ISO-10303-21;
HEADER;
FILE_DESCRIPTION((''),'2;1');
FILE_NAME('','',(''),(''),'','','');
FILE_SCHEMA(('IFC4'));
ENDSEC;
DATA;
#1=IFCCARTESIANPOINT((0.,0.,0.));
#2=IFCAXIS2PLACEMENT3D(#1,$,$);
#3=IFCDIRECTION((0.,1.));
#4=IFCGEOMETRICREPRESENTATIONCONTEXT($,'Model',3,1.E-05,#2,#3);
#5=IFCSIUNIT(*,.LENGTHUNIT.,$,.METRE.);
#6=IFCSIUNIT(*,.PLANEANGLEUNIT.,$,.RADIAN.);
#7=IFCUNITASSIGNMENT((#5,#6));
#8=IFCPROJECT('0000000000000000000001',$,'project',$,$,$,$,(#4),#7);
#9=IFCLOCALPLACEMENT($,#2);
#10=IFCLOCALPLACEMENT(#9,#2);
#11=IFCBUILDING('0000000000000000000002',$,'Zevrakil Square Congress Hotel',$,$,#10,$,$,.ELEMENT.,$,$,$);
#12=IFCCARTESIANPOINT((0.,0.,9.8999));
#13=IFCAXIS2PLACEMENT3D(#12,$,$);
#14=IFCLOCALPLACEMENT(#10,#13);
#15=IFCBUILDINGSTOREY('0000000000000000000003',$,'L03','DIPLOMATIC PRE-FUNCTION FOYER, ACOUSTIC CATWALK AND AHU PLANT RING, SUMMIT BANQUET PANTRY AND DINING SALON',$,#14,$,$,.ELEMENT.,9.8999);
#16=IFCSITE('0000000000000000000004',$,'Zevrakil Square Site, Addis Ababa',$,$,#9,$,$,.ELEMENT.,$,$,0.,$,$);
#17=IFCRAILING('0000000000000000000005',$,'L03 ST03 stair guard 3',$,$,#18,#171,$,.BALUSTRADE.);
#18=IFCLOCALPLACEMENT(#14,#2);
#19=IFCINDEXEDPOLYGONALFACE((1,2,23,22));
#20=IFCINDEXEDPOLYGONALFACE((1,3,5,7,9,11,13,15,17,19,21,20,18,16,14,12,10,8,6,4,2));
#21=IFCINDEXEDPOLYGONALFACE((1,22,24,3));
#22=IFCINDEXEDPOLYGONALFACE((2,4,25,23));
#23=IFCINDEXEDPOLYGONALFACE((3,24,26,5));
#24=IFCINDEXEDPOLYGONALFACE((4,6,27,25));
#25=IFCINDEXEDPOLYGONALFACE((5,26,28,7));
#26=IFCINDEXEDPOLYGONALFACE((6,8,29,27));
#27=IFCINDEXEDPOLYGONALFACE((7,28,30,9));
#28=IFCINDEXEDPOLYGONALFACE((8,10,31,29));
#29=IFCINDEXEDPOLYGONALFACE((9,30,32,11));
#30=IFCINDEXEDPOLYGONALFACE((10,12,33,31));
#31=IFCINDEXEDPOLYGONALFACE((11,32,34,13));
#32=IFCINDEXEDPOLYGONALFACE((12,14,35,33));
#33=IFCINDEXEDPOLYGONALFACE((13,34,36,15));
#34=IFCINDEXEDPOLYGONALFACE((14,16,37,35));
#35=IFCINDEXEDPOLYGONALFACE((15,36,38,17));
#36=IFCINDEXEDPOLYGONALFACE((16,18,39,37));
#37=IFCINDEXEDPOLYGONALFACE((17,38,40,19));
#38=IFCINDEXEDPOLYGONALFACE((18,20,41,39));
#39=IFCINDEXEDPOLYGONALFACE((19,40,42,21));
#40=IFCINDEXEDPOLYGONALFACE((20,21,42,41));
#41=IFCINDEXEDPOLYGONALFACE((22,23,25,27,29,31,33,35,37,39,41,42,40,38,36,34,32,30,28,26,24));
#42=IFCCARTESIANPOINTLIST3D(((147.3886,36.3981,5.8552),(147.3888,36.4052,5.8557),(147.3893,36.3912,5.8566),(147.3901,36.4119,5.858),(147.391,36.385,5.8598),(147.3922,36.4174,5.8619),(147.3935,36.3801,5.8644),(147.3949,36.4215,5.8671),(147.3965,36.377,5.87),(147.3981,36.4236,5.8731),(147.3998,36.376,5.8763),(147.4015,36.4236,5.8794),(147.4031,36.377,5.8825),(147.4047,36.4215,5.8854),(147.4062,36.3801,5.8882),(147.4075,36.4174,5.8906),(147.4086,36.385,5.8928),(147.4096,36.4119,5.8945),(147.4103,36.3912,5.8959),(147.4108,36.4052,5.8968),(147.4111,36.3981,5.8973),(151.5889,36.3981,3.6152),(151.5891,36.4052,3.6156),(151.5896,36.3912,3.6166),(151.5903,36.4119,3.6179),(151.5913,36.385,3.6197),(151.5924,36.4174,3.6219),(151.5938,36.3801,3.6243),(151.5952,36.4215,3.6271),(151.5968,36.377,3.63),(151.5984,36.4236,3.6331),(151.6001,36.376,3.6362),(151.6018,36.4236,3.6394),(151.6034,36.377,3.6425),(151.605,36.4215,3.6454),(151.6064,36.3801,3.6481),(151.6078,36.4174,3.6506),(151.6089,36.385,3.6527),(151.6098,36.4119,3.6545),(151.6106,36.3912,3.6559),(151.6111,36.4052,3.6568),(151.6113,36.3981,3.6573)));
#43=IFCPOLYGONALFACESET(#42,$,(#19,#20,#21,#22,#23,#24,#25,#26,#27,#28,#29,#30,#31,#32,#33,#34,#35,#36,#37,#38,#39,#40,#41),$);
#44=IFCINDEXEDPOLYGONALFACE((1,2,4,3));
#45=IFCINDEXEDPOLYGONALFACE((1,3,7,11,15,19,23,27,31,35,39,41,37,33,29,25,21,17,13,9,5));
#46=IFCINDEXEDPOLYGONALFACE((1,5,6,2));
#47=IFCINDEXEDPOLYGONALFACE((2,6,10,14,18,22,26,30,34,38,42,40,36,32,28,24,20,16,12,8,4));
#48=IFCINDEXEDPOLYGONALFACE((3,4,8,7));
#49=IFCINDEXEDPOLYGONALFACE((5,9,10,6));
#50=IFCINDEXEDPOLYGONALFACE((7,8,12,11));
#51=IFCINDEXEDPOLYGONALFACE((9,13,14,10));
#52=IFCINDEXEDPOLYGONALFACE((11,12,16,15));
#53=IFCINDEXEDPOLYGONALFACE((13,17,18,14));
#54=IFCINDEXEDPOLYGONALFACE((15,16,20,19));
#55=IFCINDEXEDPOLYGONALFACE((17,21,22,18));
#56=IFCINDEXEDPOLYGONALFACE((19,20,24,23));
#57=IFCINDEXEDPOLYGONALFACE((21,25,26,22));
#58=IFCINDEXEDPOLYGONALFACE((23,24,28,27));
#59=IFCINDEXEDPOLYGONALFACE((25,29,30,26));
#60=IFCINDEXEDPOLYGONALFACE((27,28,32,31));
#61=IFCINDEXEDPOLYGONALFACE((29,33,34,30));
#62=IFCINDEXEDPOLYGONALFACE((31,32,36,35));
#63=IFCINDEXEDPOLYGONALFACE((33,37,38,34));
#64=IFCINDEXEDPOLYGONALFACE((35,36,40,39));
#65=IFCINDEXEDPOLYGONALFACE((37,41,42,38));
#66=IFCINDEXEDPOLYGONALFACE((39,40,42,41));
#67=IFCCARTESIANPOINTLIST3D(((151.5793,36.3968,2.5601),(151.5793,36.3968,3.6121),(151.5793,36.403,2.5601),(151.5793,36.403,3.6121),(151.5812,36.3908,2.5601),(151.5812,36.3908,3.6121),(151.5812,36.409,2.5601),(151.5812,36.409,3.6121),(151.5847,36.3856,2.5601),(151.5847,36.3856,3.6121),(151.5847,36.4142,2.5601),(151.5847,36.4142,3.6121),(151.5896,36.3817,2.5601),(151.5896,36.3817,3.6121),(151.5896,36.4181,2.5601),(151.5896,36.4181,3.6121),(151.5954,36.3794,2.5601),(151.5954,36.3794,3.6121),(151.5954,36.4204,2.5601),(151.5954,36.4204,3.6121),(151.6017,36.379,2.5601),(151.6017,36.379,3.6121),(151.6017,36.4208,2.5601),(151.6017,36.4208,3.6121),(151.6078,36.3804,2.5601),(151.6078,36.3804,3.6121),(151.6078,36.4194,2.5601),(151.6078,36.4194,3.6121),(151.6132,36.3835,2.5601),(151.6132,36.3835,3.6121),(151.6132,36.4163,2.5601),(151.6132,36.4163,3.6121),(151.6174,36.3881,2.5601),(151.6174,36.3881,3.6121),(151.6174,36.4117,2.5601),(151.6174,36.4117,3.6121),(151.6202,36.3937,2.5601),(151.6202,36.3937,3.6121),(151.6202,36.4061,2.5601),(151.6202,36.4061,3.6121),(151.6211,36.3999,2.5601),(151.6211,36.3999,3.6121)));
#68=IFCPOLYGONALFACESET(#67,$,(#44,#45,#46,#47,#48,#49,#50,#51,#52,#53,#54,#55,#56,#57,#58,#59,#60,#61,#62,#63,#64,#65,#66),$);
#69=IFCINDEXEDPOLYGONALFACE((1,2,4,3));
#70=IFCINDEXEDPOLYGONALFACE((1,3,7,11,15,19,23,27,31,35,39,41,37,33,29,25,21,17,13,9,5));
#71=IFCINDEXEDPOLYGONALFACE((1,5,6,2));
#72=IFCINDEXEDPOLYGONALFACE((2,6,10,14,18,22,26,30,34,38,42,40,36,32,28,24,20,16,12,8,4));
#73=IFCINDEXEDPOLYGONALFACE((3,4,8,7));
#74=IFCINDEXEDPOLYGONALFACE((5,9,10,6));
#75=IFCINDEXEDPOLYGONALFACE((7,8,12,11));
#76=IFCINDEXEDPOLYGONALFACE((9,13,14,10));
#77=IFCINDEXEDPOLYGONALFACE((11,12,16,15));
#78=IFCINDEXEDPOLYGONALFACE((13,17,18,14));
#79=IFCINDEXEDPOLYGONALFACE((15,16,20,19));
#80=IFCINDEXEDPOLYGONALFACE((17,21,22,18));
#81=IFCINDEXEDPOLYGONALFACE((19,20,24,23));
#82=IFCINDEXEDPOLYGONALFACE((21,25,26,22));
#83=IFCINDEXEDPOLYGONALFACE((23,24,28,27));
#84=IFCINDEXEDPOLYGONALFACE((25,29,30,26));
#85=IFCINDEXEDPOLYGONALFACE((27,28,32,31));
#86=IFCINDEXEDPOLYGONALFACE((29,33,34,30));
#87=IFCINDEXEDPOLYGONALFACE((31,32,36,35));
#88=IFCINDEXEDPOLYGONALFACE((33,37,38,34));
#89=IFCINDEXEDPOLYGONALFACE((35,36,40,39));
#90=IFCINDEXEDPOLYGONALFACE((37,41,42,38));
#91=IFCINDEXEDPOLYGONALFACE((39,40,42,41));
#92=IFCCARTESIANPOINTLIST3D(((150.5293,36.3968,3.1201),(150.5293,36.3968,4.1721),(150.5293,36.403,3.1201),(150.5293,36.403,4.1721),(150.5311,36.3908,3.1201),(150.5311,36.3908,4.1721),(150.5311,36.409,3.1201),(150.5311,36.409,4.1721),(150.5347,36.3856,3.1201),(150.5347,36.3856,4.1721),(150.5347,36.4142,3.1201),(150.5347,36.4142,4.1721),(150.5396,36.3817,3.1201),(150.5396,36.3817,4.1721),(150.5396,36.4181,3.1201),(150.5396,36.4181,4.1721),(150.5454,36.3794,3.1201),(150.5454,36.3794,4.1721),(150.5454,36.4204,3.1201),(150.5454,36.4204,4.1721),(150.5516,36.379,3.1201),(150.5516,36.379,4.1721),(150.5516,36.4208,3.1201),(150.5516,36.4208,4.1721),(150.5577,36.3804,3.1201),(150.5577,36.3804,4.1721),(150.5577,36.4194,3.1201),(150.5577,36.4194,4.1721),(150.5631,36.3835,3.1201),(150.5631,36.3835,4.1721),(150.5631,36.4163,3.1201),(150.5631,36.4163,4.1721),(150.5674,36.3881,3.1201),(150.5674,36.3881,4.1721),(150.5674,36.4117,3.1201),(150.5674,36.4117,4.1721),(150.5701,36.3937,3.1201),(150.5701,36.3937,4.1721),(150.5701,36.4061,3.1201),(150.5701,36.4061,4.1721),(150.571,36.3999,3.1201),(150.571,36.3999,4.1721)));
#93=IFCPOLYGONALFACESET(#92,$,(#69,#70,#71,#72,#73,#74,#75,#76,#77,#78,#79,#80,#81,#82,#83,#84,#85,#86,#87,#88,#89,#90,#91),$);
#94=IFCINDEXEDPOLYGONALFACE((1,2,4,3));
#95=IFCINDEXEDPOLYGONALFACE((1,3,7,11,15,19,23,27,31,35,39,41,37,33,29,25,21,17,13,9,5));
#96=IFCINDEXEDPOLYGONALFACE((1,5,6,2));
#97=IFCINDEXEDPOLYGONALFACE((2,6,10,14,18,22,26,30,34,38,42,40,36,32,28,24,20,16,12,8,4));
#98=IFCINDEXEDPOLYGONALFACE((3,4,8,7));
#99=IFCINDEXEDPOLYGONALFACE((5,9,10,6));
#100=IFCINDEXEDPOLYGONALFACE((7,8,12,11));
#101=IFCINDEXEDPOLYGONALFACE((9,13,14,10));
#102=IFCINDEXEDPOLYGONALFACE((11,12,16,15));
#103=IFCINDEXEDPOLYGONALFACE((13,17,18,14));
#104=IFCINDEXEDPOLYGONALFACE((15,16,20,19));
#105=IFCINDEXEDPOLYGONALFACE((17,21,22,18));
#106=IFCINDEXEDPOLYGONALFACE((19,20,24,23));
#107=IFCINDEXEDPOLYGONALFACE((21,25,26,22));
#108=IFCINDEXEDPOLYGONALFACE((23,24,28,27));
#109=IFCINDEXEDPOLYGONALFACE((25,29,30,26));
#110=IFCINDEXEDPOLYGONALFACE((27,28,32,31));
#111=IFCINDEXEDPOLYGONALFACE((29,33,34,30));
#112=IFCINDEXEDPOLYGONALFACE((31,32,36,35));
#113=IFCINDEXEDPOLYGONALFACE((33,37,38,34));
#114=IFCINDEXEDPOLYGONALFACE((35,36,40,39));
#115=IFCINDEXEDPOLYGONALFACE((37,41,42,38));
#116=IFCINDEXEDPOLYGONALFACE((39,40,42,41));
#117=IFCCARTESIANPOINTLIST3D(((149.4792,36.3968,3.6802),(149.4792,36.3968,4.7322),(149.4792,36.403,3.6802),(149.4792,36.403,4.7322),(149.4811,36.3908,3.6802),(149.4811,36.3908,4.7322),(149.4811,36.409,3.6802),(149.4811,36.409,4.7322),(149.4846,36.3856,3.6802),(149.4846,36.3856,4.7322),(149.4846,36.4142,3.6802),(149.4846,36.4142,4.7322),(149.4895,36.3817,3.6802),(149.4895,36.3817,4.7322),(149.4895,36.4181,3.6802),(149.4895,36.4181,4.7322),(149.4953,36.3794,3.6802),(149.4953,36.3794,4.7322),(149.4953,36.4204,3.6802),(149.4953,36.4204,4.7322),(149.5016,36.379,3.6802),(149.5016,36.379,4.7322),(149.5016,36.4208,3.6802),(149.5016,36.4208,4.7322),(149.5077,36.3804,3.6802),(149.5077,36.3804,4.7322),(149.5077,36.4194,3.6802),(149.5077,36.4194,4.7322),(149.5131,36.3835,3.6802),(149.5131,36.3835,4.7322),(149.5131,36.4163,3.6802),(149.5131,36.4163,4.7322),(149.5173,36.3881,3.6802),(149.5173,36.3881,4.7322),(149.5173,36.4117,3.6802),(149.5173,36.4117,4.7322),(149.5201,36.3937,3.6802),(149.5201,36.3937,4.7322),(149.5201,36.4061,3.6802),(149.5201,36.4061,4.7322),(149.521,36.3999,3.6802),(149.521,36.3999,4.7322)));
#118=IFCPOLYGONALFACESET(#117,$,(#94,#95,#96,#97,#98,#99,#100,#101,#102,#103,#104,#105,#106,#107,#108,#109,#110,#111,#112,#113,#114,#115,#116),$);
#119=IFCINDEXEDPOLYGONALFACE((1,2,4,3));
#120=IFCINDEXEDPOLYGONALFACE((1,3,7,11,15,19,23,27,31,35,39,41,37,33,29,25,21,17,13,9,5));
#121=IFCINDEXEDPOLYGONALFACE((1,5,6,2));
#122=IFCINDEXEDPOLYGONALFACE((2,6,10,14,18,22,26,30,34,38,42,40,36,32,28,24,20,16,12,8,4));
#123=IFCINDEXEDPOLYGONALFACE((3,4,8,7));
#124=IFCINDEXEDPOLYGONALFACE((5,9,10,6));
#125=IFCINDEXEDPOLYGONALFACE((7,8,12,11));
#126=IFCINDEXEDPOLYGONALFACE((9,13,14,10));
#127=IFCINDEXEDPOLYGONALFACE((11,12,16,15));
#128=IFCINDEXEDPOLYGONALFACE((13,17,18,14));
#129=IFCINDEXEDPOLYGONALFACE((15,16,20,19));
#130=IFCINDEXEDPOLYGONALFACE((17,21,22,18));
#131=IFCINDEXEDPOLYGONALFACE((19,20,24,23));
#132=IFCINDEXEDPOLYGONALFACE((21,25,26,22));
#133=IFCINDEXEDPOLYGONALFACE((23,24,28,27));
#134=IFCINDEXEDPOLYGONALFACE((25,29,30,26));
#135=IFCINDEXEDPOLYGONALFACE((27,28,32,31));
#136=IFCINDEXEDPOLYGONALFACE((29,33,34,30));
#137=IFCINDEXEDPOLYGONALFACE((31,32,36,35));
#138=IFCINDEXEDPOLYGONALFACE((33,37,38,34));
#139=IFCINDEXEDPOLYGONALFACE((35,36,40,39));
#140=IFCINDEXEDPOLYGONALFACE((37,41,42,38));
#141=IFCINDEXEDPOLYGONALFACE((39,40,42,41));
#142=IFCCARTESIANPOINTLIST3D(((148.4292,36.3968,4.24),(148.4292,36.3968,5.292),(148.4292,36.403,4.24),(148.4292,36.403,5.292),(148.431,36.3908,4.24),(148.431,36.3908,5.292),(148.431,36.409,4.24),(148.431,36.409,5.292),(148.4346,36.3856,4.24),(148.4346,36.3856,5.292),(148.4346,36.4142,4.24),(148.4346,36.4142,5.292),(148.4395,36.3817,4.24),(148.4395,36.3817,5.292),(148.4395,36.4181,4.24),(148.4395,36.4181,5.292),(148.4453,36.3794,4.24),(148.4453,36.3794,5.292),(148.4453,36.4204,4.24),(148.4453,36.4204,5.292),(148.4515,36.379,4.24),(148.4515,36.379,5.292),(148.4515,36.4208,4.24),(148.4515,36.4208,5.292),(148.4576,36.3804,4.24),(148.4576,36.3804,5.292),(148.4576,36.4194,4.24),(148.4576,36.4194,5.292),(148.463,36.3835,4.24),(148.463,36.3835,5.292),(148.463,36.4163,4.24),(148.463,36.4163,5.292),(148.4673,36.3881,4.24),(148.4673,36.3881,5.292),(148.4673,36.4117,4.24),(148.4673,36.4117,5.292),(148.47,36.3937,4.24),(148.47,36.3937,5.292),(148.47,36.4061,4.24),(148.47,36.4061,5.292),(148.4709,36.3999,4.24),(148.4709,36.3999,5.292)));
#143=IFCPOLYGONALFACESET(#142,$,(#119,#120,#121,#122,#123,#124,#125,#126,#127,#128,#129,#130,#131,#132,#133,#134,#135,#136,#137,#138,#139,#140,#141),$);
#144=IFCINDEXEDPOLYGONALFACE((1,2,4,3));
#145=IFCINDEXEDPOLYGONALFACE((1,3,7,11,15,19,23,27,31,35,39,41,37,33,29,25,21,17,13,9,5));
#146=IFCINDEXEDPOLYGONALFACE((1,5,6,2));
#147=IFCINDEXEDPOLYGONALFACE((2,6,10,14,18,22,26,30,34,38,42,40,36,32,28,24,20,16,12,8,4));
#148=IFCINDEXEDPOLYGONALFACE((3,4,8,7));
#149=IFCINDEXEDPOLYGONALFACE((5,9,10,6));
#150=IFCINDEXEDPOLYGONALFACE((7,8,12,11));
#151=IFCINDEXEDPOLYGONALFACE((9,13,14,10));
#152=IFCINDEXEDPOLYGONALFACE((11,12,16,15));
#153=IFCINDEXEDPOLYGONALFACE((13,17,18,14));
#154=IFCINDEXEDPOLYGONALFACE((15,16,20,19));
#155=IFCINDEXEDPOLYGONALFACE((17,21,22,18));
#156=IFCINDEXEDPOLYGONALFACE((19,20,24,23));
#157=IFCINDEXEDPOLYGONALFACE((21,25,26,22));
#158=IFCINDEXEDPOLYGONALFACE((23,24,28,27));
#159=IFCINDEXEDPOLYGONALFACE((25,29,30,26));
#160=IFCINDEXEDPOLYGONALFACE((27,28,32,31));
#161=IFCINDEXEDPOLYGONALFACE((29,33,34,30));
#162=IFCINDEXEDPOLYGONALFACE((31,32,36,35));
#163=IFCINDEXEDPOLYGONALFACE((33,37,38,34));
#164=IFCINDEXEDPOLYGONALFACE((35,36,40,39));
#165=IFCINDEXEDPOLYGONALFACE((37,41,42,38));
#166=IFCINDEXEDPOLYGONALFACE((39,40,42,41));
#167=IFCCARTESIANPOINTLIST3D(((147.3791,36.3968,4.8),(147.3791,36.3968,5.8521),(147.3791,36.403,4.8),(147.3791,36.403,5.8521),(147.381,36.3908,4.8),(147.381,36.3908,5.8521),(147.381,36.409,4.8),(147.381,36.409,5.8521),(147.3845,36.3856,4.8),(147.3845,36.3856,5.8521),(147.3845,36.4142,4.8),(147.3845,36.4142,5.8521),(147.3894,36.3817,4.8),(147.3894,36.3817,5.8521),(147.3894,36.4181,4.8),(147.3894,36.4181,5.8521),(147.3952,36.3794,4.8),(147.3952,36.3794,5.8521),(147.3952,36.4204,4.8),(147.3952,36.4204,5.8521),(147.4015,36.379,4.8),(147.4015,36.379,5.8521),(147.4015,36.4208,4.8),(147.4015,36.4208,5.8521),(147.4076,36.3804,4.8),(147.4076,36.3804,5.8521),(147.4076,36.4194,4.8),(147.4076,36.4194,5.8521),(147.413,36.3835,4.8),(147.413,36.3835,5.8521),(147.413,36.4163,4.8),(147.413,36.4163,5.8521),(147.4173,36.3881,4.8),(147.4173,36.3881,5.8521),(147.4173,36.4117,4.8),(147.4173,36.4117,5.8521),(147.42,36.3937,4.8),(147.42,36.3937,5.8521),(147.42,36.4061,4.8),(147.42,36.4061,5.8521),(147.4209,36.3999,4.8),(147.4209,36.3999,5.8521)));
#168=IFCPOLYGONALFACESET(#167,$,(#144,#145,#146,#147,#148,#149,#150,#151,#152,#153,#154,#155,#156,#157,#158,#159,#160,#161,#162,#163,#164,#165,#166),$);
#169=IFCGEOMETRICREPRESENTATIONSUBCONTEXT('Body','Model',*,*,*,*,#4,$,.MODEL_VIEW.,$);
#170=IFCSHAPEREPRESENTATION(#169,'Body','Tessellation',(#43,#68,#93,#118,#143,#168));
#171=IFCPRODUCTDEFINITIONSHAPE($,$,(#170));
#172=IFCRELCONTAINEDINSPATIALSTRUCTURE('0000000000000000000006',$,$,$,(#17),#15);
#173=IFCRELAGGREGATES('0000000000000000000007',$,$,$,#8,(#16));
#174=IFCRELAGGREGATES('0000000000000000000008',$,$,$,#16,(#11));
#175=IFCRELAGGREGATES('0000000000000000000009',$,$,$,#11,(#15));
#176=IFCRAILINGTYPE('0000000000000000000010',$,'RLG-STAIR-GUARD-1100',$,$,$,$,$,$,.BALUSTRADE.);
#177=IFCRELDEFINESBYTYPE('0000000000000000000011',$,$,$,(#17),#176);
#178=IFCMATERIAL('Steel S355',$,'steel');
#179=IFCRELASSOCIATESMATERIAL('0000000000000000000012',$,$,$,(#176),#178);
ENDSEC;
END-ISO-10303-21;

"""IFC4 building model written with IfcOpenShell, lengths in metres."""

from ifc_helpers import new_model, si_unit, direction, frame, origin, origin_2d, place, context, subcontext, project, spatial, circle, extrude, material, type_object, element, save


model = new_model("IFC4")

# Units and contexts
model_context = context("Model", 3, precision=1e-05, world=origin(), true_north=direction((0.0, 1.0)))
body_context = subcontext(model_context, "Body", "Model", "MODEL_VIEW")
ifc_project = project(units=[si_unit("LENGTHUNIT", "METRE"), si_unit("PLANEANGLEUNIT", "RADIAN")], contexts=[model_context])

# Site, building, storey
site_placement = place(None, origin())
site = spatial("IfcSite", under=ifc_project, at=site_placement, Name="Zevrakil Square Site, Addis Ababa", CompositionType="ELEMENT", RefElevation=0.0)
building_placement = place(site_placement, origin())
building = spatial("IfcBuilding", under=site, at=building_placement, Name="Zevrakil Square Congress Hotel", CompositionType="ELEMENT")
storey_placement = place(building_placement, frame((0.0, 0.0, 9.8999)))
storey = spatial("IfcBuildingStorey", under=building, at=storey_placement, Name="L03", Description="DIPLOMATIC PRE-FUNCTION FOYER, ACOUSTIC CATWALK AND AHU PLANT RING, SUMMIT BANQUET PANTRY AND DINING SALON", CompositionType="ELEMENT", Elevation=9.8999)

# Railing
ifc_material_1 = material(Name="Steel S355", Category="steel")
railing_type_1 = type_object("IfcRailingType", Name="RLG-STAIR-GUARD-1100", PredefinedType="BALUSTRADE", material=ifc_material_1)
railing_1_placement = place(storey_placement, frame((151.6001, 36.3999, 2.5601)))
element("IfcRailing", 1, at=railing_1_placement, inside=storey, type_object=railing_type_1, Name="L03 ST03 stair guard 3", PredefinedType="BALUSTRADE", context=body_context, shape_type="SweptSolid", body=[
    extrude(circle(Radius=0.0239, at=origin_2d()), frame((0.0, 0.0, 1.0762), z_axis=(-0.882363, 0.0, 0.47057), x_axis=(0.0, -1.0, 0.0)), (0.0, 0.0, 1.0), 4.7603),
    extrude(circle(Radius=0.021, at=origin_2d()), origin(), (0.0, 0.0, 1.0), 1.052),
    extrude(circle(Radius=0.021, at=origin_2d()), frame((-1.05, 0.0, 0.5601)), (0.0, 0.0, 1.0), 1.052),
    extrude(circle(Radius=0.021, at=origin_2d()), frame((-2.1001, 0.0, 1.1201)), (0.0, 0.0, 1.0), 1.052),
    extrude(circle(Radius=0.021, at=origin_2d()), frame((-3.1501, 0.0, 1.6799)), (0.0, 0.0, 1.0), 1.052),
    extrude(circle(Radius=0.021, at=origin_2d()), frame((-4.2002, 0.0, 2.24)), (0.0, 0.0, 1.0), 1.052),
])

save(model, "model.ifc")
